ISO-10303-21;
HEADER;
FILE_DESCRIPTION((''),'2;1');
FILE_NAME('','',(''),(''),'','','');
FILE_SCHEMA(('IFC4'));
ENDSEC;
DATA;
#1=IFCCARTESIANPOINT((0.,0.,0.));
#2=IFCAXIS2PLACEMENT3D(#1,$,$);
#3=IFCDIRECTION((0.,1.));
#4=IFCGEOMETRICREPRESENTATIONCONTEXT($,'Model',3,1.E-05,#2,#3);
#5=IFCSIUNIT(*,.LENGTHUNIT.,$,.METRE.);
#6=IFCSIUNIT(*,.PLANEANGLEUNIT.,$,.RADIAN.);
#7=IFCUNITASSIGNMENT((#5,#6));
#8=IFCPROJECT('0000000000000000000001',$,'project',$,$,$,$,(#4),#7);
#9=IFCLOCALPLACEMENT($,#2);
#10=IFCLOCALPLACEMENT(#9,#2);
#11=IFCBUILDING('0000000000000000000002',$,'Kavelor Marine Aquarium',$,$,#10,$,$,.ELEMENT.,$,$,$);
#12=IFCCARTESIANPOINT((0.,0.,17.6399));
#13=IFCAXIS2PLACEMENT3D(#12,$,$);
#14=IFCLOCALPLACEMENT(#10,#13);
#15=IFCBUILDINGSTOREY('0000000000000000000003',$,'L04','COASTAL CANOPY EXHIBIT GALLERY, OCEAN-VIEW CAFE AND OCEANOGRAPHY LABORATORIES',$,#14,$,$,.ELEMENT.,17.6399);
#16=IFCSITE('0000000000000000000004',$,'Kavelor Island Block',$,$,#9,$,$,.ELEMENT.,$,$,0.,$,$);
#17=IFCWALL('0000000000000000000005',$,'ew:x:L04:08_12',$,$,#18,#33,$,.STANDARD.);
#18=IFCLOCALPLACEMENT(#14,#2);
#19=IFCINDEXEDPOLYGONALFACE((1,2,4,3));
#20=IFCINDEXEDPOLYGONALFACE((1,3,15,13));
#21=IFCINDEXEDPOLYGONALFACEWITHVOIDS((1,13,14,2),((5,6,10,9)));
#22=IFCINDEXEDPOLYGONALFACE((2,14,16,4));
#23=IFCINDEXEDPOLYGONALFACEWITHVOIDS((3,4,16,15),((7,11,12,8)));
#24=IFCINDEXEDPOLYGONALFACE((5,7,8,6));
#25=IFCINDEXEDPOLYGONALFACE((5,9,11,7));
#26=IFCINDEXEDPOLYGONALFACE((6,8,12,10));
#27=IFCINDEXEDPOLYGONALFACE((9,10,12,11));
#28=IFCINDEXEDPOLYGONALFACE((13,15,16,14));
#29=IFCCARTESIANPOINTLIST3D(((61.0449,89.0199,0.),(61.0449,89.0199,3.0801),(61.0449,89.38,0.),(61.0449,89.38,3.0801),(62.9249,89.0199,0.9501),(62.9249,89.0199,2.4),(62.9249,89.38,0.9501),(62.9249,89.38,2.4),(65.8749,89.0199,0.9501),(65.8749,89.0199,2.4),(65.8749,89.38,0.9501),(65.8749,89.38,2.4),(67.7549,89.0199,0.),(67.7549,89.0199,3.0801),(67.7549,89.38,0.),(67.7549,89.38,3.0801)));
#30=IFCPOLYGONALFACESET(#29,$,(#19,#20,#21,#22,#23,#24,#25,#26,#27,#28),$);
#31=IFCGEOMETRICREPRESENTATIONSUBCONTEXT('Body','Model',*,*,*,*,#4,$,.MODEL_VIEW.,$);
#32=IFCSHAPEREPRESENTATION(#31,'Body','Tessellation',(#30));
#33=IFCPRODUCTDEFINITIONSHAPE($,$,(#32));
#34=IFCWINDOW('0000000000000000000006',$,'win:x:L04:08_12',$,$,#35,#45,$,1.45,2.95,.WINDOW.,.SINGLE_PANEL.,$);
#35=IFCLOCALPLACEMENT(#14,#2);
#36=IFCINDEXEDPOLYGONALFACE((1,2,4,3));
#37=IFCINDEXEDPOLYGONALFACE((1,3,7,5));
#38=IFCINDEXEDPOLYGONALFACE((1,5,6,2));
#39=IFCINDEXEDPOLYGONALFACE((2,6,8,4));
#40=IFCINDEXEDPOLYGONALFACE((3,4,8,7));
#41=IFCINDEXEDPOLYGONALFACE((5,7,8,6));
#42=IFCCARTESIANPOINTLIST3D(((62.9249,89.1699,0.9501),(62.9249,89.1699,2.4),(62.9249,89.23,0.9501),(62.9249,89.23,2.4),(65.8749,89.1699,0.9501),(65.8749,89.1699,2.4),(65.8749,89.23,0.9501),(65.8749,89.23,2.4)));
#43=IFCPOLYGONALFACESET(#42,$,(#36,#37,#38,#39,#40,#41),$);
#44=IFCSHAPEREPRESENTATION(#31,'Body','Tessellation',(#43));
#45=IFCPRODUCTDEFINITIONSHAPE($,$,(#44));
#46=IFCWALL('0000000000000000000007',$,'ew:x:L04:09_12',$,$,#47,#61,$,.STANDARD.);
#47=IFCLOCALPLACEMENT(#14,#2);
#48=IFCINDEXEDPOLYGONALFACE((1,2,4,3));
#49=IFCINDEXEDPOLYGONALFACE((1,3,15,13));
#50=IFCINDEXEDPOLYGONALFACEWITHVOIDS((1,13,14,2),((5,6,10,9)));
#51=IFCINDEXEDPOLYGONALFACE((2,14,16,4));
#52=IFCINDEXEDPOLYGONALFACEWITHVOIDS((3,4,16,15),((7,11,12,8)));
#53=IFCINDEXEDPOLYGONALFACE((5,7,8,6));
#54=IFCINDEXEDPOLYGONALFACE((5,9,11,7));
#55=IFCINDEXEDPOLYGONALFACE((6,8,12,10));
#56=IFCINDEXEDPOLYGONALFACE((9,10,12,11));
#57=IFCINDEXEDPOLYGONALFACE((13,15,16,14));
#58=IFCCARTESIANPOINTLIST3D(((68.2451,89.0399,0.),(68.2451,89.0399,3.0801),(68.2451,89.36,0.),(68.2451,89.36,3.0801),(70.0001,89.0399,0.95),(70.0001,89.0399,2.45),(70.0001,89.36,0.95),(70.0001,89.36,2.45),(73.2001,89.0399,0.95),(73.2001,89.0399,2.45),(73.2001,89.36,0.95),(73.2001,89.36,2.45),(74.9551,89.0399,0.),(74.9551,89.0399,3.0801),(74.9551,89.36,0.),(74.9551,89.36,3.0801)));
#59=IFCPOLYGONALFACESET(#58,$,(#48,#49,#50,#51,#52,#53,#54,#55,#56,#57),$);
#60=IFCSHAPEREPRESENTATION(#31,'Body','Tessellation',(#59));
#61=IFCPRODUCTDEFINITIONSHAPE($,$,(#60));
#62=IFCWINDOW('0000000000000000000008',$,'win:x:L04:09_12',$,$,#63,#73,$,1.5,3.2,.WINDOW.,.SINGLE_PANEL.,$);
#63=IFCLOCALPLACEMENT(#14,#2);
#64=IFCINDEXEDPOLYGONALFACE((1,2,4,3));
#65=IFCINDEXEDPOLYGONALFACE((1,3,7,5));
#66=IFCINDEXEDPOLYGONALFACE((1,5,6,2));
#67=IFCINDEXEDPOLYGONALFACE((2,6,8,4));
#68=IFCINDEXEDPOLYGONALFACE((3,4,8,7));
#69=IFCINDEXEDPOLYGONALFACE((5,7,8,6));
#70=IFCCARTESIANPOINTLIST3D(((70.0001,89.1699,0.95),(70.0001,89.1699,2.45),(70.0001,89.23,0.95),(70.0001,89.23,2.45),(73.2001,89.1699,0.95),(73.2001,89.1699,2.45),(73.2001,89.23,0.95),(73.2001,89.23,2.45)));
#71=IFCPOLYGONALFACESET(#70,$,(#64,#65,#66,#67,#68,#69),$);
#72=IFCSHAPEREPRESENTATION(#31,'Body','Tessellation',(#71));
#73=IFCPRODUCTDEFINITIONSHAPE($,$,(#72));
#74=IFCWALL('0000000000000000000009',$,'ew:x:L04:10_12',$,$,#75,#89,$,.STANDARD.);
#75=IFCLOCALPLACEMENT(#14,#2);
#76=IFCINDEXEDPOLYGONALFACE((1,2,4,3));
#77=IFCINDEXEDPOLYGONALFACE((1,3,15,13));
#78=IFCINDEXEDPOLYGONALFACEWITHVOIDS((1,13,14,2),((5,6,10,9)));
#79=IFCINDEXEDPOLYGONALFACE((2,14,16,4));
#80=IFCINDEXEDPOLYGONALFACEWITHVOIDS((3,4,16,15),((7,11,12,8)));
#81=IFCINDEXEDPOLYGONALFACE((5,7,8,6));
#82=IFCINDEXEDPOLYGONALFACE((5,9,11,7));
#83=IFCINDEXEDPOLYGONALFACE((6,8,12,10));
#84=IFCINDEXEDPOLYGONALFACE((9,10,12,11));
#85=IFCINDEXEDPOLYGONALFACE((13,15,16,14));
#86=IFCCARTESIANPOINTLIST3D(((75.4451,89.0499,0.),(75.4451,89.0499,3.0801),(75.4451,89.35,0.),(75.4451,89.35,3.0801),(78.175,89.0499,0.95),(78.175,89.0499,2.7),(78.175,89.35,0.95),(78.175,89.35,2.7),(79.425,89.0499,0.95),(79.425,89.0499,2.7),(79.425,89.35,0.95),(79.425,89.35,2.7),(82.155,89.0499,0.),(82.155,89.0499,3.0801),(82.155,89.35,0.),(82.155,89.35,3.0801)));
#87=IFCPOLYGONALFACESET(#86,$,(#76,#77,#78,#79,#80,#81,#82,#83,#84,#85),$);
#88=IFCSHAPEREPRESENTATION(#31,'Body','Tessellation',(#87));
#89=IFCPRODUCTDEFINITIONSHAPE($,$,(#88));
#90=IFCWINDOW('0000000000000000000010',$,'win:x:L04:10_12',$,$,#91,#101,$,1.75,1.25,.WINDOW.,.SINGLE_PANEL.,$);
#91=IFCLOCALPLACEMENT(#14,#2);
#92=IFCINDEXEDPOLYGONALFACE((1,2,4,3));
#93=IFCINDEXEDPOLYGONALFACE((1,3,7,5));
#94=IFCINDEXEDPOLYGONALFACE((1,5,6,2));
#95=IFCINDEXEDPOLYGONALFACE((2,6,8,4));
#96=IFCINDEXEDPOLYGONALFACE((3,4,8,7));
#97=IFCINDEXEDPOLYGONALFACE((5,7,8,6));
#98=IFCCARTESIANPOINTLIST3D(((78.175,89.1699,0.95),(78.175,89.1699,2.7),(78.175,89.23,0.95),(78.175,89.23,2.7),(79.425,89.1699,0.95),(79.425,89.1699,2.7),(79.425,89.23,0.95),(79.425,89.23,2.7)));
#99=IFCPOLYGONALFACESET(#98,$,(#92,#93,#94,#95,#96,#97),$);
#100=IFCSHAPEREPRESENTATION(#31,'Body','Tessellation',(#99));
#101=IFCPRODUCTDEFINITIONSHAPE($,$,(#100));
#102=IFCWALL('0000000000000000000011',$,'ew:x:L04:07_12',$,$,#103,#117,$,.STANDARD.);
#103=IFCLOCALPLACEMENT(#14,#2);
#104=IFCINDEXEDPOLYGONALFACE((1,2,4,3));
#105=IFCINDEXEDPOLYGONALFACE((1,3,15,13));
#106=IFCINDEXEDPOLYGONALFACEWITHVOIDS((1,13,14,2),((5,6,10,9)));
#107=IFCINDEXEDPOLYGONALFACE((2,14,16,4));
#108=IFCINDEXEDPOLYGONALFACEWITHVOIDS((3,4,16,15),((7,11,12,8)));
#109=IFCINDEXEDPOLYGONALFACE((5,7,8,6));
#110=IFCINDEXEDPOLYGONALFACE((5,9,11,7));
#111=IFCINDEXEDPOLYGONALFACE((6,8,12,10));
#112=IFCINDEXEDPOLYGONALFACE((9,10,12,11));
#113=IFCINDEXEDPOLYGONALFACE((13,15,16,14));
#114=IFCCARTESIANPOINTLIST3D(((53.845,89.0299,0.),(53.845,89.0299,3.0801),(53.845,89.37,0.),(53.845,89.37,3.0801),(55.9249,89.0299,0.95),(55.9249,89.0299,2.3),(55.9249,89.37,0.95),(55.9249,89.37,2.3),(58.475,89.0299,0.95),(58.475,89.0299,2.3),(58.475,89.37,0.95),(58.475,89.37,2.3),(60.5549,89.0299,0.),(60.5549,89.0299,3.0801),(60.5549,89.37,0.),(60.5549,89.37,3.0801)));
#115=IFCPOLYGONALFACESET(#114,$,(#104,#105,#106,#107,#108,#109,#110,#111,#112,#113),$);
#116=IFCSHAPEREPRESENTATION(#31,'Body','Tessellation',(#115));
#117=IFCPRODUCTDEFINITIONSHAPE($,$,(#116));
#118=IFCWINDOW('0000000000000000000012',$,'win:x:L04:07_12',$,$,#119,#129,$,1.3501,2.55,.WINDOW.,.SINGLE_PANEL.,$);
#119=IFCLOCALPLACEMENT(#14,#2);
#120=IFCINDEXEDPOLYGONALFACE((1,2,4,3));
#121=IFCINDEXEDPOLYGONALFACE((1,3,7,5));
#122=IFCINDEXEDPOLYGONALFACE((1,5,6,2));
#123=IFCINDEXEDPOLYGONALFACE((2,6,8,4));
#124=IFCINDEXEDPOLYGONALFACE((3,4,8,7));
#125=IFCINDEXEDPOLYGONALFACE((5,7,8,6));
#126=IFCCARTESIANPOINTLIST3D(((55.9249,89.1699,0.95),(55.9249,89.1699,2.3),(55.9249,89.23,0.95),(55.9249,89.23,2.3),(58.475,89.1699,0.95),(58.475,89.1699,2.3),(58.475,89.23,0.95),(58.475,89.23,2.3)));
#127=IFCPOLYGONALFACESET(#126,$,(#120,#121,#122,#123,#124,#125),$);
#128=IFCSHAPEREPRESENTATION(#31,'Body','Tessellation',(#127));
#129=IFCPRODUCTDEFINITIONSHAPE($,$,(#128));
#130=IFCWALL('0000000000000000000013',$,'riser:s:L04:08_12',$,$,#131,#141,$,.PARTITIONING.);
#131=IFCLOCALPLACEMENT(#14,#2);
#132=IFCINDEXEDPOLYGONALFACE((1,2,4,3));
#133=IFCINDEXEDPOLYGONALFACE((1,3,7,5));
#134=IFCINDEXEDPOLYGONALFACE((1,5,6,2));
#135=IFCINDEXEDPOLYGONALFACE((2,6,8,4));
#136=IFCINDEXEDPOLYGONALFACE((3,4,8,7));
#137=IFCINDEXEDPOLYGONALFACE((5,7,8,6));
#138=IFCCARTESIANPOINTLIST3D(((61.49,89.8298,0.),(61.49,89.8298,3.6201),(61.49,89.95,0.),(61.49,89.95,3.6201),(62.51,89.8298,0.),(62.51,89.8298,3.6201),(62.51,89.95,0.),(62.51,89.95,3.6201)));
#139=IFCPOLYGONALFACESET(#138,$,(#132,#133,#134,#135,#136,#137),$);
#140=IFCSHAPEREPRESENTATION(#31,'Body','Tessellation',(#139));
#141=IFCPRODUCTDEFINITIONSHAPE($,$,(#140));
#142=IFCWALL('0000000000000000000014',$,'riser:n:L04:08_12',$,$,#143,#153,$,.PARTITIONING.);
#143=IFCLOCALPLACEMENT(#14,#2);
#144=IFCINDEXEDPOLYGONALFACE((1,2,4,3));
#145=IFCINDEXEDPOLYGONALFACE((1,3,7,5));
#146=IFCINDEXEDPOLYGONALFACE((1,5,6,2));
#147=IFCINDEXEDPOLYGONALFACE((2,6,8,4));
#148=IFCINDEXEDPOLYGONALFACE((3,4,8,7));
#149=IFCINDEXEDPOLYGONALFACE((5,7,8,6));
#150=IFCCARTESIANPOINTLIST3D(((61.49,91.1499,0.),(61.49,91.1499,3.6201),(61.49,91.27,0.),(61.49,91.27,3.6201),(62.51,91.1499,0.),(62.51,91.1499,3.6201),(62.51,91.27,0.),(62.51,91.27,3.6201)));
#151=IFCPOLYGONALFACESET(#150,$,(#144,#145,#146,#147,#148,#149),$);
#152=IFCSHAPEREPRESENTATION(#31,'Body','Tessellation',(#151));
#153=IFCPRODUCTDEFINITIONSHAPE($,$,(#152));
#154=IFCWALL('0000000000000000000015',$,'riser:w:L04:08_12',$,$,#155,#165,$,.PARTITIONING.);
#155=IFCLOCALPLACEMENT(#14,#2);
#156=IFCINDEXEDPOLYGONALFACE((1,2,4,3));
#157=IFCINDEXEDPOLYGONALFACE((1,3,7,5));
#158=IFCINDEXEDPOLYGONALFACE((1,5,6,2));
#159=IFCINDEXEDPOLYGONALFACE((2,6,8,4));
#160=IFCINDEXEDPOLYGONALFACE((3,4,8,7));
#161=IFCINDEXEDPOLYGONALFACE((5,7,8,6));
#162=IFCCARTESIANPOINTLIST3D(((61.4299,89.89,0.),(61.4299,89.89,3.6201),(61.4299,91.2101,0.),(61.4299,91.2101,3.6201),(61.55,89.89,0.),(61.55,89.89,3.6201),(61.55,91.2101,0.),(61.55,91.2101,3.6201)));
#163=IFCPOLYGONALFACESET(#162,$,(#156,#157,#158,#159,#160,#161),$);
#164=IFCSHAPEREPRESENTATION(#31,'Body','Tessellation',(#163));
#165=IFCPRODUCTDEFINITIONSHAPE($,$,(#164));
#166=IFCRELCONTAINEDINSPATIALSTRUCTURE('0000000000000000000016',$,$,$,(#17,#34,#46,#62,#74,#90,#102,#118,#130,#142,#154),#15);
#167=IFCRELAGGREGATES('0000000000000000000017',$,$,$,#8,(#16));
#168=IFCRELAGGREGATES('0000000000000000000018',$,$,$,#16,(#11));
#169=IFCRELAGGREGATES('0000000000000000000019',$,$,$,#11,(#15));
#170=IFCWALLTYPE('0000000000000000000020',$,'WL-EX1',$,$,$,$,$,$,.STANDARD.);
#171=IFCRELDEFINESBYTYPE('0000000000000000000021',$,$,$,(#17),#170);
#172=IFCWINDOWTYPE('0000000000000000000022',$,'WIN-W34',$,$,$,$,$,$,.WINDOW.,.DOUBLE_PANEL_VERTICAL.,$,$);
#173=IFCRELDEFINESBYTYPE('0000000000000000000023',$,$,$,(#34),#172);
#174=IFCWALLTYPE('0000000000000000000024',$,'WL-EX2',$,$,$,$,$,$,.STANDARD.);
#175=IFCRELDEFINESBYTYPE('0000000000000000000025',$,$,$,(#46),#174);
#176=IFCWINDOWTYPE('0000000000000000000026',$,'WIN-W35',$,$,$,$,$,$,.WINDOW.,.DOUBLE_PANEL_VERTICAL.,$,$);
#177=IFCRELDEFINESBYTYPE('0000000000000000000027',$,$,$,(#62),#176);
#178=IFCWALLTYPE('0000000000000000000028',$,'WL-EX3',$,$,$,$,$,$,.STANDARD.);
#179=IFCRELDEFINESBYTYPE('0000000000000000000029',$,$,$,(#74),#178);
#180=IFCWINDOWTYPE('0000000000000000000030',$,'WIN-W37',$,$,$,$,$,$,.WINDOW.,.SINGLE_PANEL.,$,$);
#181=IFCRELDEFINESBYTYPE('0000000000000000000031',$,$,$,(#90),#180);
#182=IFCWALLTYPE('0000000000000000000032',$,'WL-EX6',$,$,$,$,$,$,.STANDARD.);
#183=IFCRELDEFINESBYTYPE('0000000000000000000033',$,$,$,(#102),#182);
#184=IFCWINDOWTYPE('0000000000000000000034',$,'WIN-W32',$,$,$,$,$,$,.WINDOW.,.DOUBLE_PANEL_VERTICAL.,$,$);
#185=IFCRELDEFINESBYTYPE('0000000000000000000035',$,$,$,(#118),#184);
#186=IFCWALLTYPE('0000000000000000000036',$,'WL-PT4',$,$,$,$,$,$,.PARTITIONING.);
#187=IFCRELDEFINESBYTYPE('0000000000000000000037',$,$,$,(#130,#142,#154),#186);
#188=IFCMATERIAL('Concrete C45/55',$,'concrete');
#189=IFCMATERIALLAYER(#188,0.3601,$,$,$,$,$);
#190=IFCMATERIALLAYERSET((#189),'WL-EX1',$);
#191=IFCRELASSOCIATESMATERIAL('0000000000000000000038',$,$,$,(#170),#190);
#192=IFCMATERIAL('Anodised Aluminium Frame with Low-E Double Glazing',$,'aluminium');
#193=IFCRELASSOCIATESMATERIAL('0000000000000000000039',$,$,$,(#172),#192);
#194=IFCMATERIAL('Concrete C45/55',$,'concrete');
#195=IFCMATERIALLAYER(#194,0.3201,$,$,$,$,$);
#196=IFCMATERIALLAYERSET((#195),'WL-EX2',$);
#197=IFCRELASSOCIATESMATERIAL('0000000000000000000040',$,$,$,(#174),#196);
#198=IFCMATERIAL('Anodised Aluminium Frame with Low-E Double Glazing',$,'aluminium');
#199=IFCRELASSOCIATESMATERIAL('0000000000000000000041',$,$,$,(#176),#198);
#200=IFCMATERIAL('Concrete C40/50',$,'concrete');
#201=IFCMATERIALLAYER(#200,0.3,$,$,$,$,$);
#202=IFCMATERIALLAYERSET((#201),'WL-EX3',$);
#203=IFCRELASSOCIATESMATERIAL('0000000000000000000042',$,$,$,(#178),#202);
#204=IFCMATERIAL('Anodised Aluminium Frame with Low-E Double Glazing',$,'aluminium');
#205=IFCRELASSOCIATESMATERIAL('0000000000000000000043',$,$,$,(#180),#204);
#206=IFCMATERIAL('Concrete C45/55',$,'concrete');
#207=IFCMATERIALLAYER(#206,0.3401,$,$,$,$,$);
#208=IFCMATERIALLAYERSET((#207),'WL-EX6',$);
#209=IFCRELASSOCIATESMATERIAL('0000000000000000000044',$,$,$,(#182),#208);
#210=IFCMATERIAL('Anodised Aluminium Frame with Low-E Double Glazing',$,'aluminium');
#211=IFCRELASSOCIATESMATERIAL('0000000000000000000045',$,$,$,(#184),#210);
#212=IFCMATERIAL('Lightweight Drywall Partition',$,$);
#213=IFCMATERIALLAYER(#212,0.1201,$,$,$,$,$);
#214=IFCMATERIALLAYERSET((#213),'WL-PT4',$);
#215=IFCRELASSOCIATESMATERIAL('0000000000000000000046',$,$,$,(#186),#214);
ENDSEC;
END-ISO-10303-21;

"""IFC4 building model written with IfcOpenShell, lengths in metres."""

from ifc_helpers import new_model, si_unit, direction, frame, frame_2d, origin, place, context, subcontext, project, spatial, rectangle, extrude, material, layer, layer_set, type_object, element, fill, save


model = new_model("IFC4")

# Units and contexts
model_context = context("Model", 3, precision=1e-05, world=origin(), true_north=direction((0.0, 1.0)))
body_context = subcontext(model_context, "Body", "Model", "MODEL_VIEW")
ifc_project = project(units=[si_unit("LENGTHUNIT", "METRE"), si_unit("PLANEANGLEUNIT", "RADIAN")], contexts=[model_context])

# Site, building, storey
site_placement = place(None, origin())
site = spatial("IfcSite", under=ifc_project, at=site_placement, Name="Kavelor Island Block", CompositionType="ELEMENT", RefElevation=0.0)
building_placement = place(site_placement, origin())
building = spatial("IfcBuilding", under=site, at=building_placement, Name="Kavelor Marine Aquarium", CompositionType="ELEMENT")
storey_placement = place(building_placement, frame((0.0, 0.0, 17.6399)))
storey = spatial("IfcBuildingStorey", under=building, at=storey_placement, Name="L04", Description="COASTAL CANOPY EXHIBIT GALLERY, OCEAN-VIEW CAFE AND OCEANOGRAPHY LABORATORIES", CompositionType="ELEMENT", Elevation=17.6399)

# Walls, openings, windows
ifc_material_1 = material(Name="Concrete C45/55", Category="concrete")
ifc_layer_1 = layer(ifc_material_1, 0.3601)
ifc_layer_set_1 = layer_set([ifc_layer_1], Name="WL-EX1")
wall_type_1 = type_object("IfcWallType", Name="WL-EX1", PredefinedType="STANDARD", material=ifc_layer_set_1)
wall_1_placement = place(storey_placement, frame((67.7549, 89.2, 0.0), z_axis=(0.0, 0.0, 1.0), x_axis=(-1.0, 0.0, 0.0)))
wall_1 = element("IfcWall", 1, at=wall_1_placement, inside=storey, type_object=wall_type_1, Name="ew:x:L04:08_12", PredefinedType="STANDARD", context=body_context, shape_type="SweptSolid", body=[
    extrude(rectangle(XDim=6.71, YDim=0.3601, at=frame_2d((3.355, 0.0))), origin(), (0.0, 0.0, 1.0), 3.0801),
])
opening_1_placement = place(wall_1_placement, frame((1.8799, 0.0, 0.95)))
opening_1 = element("IfcOpeningElement", 2, at=opening_1_placement, cuts=wall_1, PredefinedType="OPENING", context=body_context, shape_type="SweptSolid", body=[
    extrude(rectangle(XDim=2.95, YDim=1.45, at=frame_2d((1.4751, 0.7251))), frame((0.0, 0.1899, 0.0), z_axis=(0.0, -1.0, 0.0), x_axis=(1.0, 0.0, 0.0)), (0.0, 0.0, 1.0), 0.3801),
])
ifc_material_2 = material(Name="Anodised Aluminium Frame with Low-E Double Glazing", Category="aluminium")
window_type_1 = type_object("IfcWindowType", Name="WIN-W34", PartitioningType="DOUBLE_PANEL_VERTICAL", PredefinedType="WINDOW", material=ifc_material_2)
window_1_placement = place(opening_1_placement, origin())
window_1 = element("IfcWindow", 3, at=window_1_placement, inside=storey, type_object=window_type_1, Name="win:x:L04:08_12", OverallHeight=1.45, OverallWidth=2.95, PartitioningType="SINGLE_PANEL", PredefinedType="WINDOW", context=body_context, shape_type="SweptSolid", body=[
    extrude(rectangle(XDim=2.95, YDim=1.45, at=frame_2d((1.4751, 0.7251))), frame((0.0, 0.03, 0.0), z_axis=(0.0, -1.0, 0.0), x_axis=(1.0, 0.0, 0.0)), (0.0, 0.0, 1.0), 0.0601),
])
fill(opening_1, window_1)
ifc_material_3 = material(Name="Concrete C45/55", Category="concrete")
ifc_layer_2 = layer(ifc_material_3, 0.3201)
ifc_layer_set_2 = layer_set([ifc_layer_2], Name="WL-EX2")
wall_type_2 = type_object("IfcWallType", Name="WL-EX2", PredefinedType="STANDARD", material=ifc_layer_set_2)
wall_2_placement = place(storey_placement, frame((74.9551, 89.2, 0.0), z_axis=(0.0, 0.0, 1.0), x_axis=(-1.0, 0.0, 0.0)))
wall_2 = element("IfcWall", 4, at=wall_2_placement, inside=storey, type_object=wall_type_2, Name="ew:x:L04:09_12", PredefinedType="STANDARD", context=body_context, shape_type="SweptSolid", body=[
    extrude(rectangle(XDim=6.71, YDim=0.3201, at=frame_2d((3.355, 0.0))), origin(), (0.0, 0.0, 1.0), 3.0801),
])
opening_2_placement = place(wall_2_placement, frame((1.7549, 0.0, 0.95)))
opening_2 = element("IfcOpeningElement", 5, at=opening_2_placement, cuts=wall_2, PredefinedType="OPENING", context=body_context, shape_type="SweptSolid", body=[
    extrude(rectangle(XDim=3.2, YDim=1.5, at=frame_2d((1.6001, 0.75))), frame((0.0, 0.1699, 0.0), z_axis=(0.0, -1.0, 0.0), x_axis=(1.0, 0.0, 0.0)), (0.0, 0.0, 1.0), 0.3401),
])
ifc_material_4 = material(Name="Anodised Aluminium Frame with Low-E Double Glazing", Category="aluminium")
window_type_2 = type_object("IfcWindowType", Name="WIN-W35", PartitioningType="DOUBLE_PANEL_VERTICAL", PredefinedType="WINDOW", material=ifc_material_4)
window_2_placement = place(opening_2_placement, origin())
window_2 = element("IfcWindow", 6, at=window_2_placement, inside=storey, type_object=window_type_2, Name="win:x:L04:09_12", OverallHeight=1.5, OverallWidth=3.2, PartitioningType="SINGLE_PANEL", PredefinedType="WINDOW", context=body_context, shape_type="SweptSolid", body=[
    extrude(rectangle(XDim=3.2, YDim=1.5, at=frame_2d((1.6001, 0.75))), frame((0.0, 0.03, 0.0), z_axis=(0.0, -1.0, 0.0), x_axis=(1.0, 0.0, 0.0)), (0.0, 0.0, 1.0), 0.0601),
])
fill(opening_2, window_2)
ifc_material_5 = material(Name="Concrete C40/50", Category="concrete")
ifc_layer_3 = layer(ifc_material_5, 0.3)
ifc_layer_set_3 = layer_set([ifc_layer_3], Name="WL-EX3")
wall_type_3 = type_object("IfcWallType", Name="WL-EX3", PredefinedType="STANDARD", material=ifc_layer_set_3)
wall_3_placement = place(storey_placement, frame((82.155, 89.2, 0.0), z_axis=(0.0, 0.0, 1.0), x_axis=(-1.0, 0.0, 0.0)))
wall_3 = element("IfcWall", 7, at=wall_3_placement, inside=storey, type_object=wall_type_3, Name="ew:x:L04:10_12", PredefinedType="STANDARD", context=body_context, shape_type="SweptSolid", body=[
    extrude(rectangle(XDim=6.71, YDim=0.3, at=frame_2d((3.355, 0.0))), origin(), (0.0, 0.0, 1.0), 3.0801),
])
opening_3_placement = place(wall_3_placement, frame((2.73, 0.0, 0.95)))
opening_3 = element("IfcOpeningElement", 8, at=opening_3_placement, cuts=wall_3, PredefinedType="OPENING", context=body_context, shape_type="SweptSolid", body=[
    extrude(rectangle(XDim=1.25, YDim=1.75, at=frame_2d((0.625, 0.875))), frame((0.0, 0.1599, 0.0), z_axis=(0.0, -1.0, 0.0), x_axis=(1.0, 0.0, 0.0)), (0.0, 0.0, 1.0), 0.32),
])
ifc_material_6 = material(Name="Anodised Aluminium Frame with Low-E Double Glazing", Category="aluminium")
window_type_3 = type_object("IfcWindowType", Name="WIN-W37", PartitioningType="SINGLE_PANEL", PredefinedType="WINDOW", material=ifc_material_6)
window_3_placement = place(opening_3_placement, origin())
window_3 = element("IfcWindow", 9, at=window_3_placement, inside=storey, type_object=window_type_3, Name="win:x:L04:10_12", OverallHeight=1.75, OverallWidth=1.25, PartitioningType="SINGLE_PANEL", PredefinedType="WINDOW", context=body_context, shape_type="SweptSolid", body=[
    extrude(rectangle(XDim=1.25, YDim=1.75, at=frame_2d((0.625, 0.875))), frame((0.0, 0.03, 0.0), z_axis=(0.0, -1.0, 0.0), x_axis=(1.0, 0.0, 0.0)), (0.0, 0.0, 1.0), 0.0601),
])
fill(opening_3, window_3)
ifc_material_7 = material(Name="Concrete C45/55", Category="concrete")
ifc_layer_4 = layer(ifc_material_7, 0.3401)
ifc_layer_set_4 = layer_set([ifc_layer_4], Name="WL-EX6")
wall_type_4 = type_object("IfcWallType", Name="WL-EX6", PredefinedType="STANDARD", material=ifc_layer_set_4)
wall_4_placement = place(storey_placement, frame((60.5549, 89.2, 0.0), z_axis=(0.0, 0.0, 1.0), x_axis=(-1.0, 0.0, 0.0)))
wall_4 = element("IfcWall", 10, at=wall_4_placement, inside=storey, type_object=wall_type_4, Name="ew:x:L04:07_12", PredefinedType="STANDARD", context=body_context, shape_type="SweptSolid", body=[
    extrude(rectangle(XDim=6.71, YDim=0.3401, at=frame_2d((3.355, 0.0))), origin(), (0.0, 0.0, 1.0), 3.0801),
])
opening_4_placement = place(wall_4_placement, frame((2.0801, 0.0, 0.95)))
opening_4 = element("IfcOpeningElement", 11, at=opening_4_placement, cuts=wall_4, PredefinedType="OPENING", context=body_context, shape_type="SweptSolid", body=[
    extrude(rectangle(XDim=2.55, YDim=1.3501, at=frame_2d((1.2749, 0.675))), frame((0.0, 0.1799, 0.0), z_axis=(0.0, -1.0, 0.0), x_axis=(1.0, 0.0, 0.0)), (0.0, 0.0, 1.0), 0.3601),
])
ifc_material_8 = material(Name="Anodised Aluminium Frame with Low-E Double Glazing", Category="aluminium")
window_type_4 = type_object("IfcWindowType", Name="WIN-W32", PartitioningType="DOUBLE_PANEL_VERTICAL", PredefinedType="WINDOW", material=ifc_material_8)
window_4_placement = place(opening_4_placement, origin())
window_4 = element("IfcWindow", 12, at=window_4_placement, inside=storey, type_object=window_type_4, Name="win:x:L04:07_12", OverallHeight=1.3501, OverallWidth=2.55, PartitioningType="SINGLE_PANEL", PredefinedType="WINDOW", context=body_context, shape_type="SweptSolid", body=[
    extrude(rectangle(XDim=2.55, YDim=1.3501, at=frame_2d((1.2749, 0.675))), frame((0.0, 0.03, 0.0), z_axis=(0.0, -1.0, 0.0), x_axis=(1.0, 0.0, 0.0)), (0.0, 0.0, 1.0), 0.0601),
])
fill(opening_4, window_4)

# Walls
ifc_material_9 = material(Name="Lightweight Drywall Partition")
ifc_layer_5 = layer(ifc_material_9, 0.1201)
ifc_layer_set_5 = layer_set([ifc_layer_5], Name="WL-PT4")
wall_type_5 = type_object("IfcWallType", Name="WL-PT4", PredefinedType="PARTITIONING", material=ifc_layer_set_5)
for number, where, z_axis, x_axis, name in (
    (13, (61.49, 89.8899, 0.0), (0.0, 0.0, 1.0), (1.0, 0.0, 0.0), "riser:s:L04:08_12"),
    (14, (61.49, 91.21, 0.0), (0.0, 0.0, 1.0), (1.0, 0.0, 0.0), "riser:n:L04:08_12"),
):
    element("IfcWall", number, at=place(storey_placement, frame(where, z_axis=z_axis, x_axis=x_axis)), inside=storey, type_object=wall_type_5, Name=name, PredefinedType="PARTITIONING", context=body_context, shape_type="SweptSolid", body=[
        extrude(rectangle(XDim=1.02, YDim=0.1201, at=frame_2d((0.51, 0.0))), origin(), (0.0, 0.0, 1.0), 3.6201),
    ])
for number, where, z_axis, x_axis, name in (
    (15, (61.49, 89.8899, 0.0), (0.0, 0.0, 1.0), (0.0, 1.0, 0.0), "riser:w:L04:08_12"),
):
    element("IfcWall", number, at=place(storey_placement, frame(where, z_axis=z_axis, x_axis=x_axis)), inside=storey, type_object=wall_type_5, Name=name, PredefinedType="PARTITIONING", context=body_context, shape_type="SweptSolid", body=[
        extrude(rectangle(XDim=1.3201, YDim=0.1201, at=frame_2d((0.6602, 0.0))), origin(), (0.0, 0.0, 1.0), 3.6201),
    ])

save(model, "model.ifc")
